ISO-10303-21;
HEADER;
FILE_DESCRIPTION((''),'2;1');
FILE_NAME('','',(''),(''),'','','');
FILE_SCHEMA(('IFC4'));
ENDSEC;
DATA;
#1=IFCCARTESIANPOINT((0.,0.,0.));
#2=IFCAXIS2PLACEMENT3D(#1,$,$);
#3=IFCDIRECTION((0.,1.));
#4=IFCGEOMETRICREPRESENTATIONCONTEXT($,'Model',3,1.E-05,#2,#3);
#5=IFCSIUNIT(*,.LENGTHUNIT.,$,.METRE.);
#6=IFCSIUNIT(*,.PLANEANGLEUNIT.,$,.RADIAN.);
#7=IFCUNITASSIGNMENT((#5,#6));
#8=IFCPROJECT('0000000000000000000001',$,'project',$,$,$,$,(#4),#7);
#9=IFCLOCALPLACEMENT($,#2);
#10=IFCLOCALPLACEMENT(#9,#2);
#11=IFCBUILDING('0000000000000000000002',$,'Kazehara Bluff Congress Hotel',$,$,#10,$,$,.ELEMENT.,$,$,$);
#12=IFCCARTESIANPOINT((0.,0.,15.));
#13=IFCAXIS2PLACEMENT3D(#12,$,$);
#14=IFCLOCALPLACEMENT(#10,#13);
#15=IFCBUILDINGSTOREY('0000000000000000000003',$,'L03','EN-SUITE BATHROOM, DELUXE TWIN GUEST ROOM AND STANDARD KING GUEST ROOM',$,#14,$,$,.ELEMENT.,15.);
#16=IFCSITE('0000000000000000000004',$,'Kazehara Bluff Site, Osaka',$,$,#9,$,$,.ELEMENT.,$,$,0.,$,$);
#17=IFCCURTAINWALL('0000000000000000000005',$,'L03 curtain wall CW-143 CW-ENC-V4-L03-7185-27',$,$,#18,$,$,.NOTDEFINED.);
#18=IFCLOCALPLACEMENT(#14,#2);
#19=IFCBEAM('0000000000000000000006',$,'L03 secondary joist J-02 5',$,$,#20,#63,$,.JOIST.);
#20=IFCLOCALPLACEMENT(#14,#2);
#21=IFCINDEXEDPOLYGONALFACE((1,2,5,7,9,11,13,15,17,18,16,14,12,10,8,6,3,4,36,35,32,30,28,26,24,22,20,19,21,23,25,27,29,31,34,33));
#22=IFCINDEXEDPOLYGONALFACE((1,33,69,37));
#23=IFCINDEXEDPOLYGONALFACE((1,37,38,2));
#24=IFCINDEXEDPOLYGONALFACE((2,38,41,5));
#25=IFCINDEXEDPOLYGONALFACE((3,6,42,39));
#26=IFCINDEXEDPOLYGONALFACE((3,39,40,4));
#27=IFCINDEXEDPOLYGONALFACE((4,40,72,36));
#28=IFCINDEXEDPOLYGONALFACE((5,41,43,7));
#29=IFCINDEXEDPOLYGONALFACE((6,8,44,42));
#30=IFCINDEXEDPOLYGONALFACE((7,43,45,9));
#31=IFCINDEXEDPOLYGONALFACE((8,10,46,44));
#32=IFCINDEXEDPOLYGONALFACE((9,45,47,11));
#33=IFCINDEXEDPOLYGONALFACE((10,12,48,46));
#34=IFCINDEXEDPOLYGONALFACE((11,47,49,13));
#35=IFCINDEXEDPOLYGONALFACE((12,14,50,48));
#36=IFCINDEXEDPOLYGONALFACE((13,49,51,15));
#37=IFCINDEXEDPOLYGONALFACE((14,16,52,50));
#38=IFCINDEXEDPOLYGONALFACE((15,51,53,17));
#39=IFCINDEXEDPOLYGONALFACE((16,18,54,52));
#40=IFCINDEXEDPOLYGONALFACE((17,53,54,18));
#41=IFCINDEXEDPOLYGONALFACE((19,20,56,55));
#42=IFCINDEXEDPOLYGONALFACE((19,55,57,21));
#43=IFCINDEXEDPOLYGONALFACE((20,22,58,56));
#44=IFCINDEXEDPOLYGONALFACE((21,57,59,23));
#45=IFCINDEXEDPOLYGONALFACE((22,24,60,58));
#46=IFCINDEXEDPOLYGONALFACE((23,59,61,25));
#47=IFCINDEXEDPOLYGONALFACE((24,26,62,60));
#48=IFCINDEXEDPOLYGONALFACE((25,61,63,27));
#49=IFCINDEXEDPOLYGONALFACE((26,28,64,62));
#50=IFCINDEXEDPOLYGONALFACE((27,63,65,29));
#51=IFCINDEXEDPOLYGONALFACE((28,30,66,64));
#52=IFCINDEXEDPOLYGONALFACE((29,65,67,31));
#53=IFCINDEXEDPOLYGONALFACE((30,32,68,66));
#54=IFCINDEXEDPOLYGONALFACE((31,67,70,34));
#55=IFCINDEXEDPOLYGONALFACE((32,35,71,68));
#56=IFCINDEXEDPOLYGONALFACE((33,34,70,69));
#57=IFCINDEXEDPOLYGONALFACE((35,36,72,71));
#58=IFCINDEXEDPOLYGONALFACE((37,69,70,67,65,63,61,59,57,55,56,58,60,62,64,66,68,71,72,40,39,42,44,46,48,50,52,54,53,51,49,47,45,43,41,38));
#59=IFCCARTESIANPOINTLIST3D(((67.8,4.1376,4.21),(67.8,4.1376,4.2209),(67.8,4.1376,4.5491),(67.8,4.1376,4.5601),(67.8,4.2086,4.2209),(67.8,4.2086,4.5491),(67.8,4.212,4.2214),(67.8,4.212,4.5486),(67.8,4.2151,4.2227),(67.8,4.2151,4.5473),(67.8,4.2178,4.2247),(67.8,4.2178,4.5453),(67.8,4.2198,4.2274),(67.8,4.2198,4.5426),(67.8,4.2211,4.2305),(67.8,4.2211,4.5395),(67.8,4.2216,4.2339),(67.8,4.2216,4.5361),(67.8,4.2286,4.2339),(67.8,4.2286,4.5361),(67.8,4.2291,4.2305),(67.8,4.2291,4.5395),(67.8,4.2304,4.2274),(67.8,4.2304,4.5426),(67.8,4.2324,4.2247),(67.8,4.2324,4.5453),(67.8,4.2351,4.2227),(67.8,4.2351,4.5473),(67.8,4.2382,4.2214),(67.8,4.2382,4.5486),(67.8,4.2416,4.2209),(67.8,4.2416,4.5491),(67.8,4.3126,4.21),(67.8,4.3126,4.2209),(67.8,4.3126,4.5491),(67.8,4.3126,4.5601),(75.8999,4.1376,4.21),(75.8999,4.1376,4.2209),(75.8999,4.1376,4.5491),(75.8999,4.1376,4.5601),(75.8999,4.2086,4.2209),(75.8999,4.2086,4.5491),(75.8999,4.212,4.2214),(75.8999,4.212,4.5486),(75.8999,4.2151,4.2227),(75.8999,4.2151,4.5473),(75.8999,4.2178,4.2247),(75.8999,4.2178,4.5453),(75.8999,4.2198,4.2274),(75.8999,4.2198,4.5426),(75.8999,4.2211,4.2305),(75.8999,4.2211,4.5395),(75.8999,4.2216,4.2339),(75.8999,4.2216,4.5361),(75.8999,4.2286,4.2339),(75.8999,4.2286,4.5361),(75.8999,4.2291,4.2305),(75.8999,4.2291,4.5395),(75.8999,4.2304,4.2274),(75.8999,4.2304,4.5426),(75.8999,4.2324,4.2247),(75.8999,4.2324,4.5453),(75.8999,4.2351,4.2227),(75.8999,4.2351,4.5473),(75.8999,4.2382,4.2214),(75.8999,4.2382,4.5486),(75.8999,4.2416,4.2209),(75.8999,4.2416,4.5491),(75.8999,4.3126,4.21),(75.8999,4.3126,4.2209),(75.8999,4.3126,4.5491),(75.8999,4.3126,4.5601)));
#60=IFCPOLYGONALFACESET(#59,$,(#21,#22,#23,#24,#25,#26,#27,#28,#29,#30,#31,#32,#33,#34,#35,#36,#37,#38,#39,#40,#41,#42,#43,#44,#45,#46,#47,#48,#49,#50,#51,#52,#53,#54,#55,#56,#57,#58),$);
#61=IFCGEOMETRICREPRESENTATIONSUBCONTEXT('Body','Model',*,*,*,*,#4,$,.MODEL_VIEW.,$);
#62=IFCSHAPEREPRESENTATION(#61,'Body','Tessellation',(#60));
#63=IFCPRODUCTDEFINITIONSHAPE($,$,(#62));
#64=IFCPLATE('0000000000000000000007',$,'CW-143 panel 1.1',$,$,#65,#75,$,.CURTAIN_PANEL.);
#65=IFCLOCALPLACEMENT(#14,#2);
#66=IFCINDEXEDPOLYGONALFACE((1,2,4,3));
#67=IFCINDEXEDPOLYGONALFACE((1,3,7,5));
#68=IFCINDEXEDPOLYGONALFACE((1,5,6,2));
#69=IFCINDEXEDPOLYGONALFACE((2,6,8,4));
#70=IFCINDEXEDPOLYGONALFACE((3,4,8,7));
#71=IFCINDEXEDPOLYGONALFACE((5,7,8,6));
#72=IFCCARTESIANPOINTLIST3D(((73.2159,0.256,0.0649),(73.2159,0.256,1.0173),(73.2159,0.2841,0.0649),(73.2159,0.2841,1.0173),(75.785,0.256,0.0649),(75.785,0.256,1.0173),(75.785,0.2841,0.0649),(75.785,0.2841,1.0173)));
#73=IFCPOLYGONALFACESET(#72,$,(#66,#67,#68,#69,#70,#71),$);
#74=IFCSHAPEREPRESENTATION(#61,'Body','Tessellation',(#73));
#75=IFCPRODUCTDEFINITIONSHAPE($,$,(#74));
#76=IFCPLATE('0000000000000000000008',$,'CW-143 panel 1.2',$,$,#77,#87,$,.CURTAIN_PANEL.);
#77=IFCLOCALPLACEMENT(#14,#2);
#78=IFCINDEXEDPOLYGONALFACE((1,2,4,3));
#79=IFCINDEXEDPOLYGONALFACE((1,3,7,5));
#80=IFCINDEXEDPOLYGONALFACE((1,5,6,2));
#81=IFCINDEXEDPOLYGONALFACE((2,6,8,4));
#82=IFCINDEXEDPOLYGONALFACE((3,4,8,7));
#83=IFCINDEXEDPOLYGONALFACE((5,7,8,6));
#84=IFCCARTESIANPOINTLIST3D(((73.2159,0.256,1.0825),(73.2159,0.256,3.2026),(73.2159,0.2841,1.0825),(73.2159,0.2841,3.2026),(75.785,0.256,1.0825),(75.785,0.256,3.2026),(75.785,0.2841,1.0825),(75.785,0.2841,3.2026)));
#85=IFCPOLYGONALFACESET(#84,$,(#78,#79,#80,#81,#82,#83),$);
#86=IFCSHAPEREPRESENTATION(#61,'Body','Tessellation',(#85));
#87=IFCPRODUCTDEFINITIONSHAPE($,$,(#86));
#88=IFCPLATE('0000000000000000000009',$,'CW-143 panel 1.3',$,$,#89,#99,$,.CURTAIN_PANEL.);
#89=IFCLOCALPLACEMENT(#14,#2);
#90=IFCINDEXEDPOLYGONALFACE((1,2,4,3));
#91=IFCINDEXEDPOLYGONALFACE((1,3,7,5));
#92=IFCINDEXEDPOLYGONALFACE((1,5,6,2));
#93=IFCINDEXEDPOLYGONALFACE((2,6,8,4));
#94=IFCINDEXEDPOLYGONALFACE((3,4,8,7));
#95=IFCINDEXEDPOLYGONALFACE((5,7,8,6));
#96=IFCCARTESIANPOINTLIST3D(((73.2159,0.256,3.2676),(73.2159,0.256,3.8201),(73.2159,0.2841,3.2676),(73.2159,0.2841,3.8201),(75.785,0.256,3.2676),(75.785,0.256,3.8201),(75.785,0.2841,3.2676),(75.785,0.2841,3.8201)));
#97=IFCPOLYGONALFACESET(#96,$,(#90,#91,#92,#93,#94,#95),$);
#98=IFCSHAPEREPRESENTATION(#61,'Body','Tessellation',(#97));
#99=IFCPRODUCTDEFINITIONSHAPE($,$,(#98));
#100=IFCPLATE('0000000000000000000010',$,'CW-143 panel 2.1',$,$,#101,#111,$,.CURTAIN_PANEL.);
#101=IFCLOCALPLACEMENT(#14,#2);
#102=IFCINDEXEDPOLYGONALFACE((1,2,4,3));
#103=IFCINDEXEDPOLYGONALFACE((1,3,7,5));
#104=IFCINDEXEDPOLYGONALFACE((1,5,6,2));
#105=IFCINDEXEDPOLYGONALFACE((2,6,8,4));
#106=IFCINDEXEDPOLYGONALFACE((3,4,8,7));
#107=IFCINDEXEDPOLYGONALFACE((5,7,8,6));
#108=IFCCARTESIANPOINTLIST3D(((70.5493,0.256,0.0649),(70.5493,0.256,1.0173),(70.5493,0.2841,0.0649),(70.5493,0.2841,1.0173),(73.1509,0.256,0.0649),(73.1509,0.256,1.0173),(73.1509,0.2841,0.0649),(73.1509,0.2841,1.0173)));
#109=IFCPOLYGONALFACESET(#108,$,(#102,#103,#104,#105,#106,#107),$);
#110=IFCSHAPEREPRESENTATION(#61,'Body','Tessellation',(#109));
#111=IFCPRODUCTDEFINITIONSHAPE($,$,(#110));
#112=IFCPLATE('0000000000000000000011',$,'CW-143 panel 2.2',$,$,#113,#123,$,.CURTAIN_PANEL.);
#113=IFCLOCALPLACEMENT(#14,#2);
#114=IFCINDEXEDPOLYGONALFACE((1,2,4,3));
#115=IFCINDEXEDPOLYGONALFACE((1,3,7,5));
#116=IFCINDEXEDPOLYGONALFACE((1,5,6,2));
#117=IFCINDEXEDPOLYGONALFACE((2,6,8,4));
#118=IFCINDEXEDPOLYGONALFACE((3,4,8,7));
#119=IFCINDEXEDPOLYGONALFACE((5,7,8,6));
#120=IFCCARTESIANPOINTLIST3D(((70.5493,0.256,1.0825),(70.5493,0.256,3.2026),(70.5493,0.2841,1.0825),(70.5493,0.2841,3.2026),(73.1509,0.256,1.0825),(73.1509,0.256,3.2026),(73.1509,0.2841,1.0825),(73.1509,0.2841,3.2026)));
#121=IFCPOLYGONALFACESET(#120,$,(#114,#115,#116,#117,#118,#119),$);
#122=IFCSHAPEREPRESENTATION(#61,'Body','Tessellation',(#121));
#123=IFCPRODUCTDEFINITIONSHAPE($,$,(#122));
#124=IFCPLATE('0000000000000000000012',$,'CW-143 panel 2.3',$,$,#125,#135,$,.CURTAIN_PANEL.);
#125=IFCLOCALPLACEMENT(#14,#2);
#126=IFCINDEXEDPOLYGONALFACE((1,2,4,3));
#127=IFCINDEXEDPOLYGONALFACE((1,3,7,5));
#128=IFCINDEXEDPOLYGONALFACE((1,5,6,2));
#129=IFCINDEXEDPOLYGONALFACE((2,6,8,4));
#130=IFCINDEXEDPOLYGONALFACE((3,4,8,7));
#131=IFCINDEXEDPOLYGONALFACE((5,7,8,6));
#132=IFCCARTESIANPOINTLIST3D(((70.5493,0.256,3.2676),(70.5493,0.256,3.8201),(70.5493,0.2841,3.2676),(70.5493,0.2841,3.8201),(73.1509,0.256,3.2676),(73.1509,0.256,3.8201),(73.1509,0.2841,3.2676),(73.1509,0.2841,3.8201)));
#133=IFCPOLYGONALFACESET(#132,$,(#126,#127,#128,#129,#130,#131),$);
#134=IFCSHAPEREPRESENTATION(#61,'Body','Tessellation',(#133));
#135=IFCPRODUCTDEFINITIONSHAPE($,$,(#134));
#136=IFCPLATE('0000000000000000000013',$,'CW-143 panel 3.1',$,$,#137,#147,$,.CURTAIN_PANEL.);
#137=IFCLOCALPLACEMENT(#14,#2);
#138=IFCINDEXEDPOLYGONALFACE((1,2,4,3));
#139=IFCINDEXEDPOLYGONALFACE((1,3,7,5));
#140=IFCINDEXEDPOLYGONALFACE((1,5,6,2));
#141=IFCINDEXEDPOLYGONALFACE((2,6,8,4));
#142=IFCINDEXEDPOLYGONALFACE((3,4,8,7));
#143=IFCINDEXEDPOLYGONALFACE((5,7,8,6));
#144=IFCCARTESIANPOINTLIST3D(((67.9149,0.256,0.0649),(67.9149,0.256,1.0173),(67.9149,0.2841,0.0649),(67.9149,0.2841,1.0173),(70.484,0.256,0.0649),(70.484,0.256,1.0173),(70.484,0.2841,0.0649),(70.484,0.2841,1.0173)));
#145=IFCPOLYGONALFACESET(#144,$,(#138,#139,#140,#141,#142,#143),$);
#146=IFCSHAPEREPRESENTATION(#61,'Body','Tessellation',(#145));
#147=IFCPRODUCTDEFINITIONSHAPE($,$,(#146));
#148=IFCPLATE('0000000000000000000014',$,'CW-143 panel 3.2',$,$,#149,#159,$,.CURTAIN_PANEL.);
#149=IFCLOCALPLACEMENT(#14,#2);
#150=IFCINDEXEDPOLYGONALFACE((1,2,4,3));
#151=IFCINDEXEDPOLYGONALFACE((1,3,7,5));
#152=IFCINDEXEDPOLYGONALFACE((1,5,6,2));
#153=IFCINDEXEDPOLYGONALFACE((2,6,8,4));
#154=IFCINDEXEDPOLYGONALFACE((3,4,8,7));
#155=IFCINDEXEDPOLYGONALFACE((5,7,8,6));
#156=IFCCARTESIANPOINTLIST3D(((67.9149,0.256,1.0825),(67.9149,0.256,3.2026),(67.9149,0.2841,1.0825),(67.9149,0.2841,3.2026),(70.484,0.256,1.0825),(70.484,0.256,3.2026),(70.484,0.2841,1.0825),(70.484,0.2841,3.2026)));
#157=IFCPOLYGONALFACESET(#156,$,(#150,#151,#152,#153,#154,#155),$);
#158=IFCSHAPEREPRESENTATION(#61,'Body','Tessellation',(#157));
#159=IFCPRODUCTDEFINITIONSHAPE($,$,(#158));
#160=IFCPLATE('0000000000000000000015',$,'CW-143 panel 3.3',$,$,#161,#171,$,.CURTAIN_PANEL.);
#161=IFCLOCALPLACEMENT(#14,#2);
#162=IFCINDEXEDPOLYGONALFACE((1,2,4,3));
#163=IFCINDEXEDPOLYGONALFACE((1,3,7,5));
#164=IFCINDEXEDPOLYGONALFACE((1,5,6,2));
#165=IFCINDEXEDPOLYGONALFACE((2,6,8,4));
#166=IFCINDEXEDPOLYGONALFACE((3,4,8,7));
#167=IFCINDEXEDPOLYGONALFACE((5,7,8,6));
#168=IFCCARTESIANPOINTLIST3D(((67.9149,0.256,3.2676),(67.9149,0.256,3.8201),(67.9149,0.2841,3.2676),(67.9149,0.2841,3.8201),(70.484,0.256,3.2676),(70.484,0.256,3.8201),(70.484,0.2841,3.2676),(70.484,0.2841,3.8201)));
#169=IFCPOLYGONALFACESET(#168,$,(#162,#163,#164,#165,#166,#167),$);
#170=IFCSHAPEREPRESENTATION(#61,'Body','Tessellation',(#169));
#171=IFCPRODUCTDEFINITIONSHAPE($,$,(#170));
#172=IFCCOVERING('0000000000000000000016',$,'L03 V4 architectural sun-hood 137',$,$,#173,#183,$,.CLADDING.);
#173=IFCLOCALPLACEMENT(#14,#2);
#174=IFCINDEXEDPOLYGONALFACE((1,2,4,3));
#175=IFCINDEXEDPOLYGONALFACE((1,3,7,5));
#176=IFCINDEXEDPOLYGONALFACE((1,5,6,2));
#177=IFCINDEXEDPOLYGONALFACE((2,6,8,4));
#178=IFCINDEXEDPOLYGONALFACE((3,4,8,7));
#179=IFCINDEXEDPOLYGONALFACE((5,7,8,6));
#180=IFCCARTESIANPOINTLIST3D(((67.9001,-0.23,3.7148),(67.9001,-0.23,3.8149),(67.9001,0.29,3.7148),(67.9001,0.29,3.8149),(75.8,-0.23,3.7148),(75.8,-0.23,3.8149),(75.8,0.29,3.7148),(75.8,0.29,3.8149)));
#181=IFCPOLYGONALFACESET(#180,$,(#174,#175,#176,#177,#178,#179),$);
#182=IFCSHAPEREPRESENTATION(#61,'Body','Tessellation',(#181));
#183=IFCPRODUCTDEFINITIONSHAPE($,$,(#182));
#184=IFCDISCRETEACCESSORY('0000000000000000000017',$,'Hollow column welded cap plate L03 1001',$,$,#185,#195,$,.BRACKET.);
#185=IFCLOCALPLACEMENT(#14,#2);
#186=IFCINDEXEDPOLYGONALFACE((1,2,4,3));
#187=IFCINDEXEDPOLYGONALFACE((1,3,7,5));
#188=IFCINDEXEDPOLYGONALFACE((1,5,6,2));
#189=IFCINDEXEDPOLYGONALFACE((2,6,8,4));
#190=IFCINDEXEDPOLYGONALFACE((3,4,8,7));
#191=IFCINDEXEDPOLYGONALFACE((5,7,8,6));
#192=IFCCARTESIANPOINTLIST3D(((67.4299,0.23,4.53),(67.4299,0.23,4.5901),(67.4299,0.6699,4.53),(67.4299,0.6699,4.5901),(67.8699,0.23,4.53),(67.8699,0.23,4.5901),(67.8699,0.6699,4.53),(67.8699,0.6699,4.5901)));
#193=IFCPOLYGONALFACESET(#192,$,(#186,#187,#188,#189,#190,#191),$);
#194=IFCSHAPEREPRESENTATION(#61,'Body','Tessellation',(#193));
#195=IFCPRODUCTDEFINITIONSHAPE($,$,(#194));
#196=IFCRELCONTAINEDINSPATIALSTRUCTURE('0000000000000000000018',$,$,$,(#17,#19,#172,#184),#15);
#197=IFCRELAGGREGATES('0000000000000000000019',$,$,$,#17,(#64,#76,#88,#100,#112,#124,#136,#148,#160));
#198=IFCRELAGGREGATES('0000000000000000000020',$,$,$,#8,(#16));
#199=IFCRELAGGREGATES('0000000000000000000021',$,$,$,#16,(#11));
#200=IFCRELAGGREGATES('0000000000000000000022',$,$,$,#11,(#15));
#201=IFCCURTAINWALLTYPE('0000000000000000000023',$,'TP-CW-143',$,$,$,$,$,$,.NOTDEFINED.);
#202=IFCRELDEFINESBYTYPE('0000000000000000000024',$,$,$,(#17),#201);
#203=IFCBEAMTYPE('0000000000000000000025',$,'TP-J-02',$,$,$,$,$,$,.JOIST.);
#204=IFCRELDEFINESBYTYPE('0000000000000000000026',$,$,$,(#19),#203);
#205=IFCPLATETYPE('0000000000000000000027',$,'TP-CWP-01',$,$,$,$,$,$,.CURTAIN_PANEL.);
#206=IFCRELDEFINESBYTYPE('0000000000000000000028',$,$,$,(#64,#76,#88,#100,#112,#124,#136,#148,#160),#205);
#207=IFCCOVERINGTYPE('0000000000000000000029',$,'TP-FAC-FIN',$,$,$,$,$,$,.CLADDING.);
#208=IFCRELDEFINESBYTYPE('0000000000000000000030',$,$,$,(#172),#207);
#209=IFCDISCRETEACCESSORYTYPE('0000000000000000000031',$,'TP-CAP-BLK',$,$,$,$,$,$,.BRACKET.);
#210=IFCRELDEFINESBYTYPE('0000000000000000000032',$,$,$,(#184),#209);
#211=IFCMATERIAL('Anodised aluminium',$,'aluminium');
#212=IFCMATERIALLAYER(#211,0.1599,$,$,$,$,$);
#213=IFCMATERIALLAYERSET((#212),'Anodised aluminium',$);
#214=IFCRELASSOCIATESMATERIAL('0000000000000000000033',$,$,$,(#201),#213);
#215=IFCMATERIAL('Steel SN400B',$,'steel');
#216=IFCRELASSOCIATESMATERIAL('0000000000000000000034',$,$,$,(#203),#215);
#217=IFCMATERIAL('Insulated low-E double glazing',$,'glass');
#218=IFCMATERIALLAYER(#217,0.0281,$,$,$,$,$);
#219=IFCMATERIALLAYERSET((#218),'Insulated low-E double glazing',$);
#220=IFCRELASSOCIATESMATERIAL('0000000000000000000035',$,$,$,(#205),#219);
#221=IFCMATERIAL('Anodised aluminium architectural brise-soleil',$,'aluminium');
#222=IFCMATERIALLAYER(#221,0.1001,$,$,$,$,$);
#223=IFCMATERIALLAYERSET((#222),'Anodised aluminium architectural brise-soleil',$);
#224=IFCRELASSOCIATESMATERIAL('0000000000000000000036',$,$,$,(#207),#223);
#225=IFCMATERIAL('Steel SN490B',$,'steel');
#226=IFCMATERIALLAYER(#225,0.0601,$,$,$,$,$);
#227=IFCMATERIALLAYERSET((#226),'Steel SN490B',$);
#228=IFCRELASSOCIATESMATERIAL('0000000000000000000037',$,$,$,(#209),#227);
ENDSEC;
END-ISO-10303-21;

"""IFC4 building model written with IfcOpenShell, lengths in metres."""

from ifc_helpers import new_model, si_unit, direction, frame, origin, origin_2d, place, context, subcontext, project, spatial, rectangle, i_section, extrude, material, layer, layer_set, material_profile, profile_set, type_object, element, aggregate, save


model = new_model("IFC4")

# Units and contexts
model_context = context("Model", 3, precision=1e-05, world=origin(), true_north=direction((0.0, 1.0)))
body_context = subcontext(model_context, "Body", "Model", "MODEL_VIEW")
ifc_project = project(units=[si_unit("LENGTHUNIT", "METRE"), si_unit("PLANEANGLEUNIT", "RADIAN")], contexts=[model_context])

# Site, building, storey
site_placement = place(None, origin())
site = spatial("IfcSite", under=ifc_project, at=site_placement, Name="Kazehara Bluff Site, Osaka", CompositionType="ELEMENT", RefElevation=0.0)
building_placement = place(site_placement, origin())
building = spatial("IfcBuilding", under=site, at=building_placement, Name="Kazehara Bluff Congress Hotel", CompositionType="ELEMENT")
storey_placement = place(building_placement, frame((0.0, 0.0, 15.0)))
storey = spatial("IfcBuildingStorey", under=building, at=storey_placement, Name="L03", Description="EN-SUITE BATHROOM, DELUXE TWIN GUEST ROOM AND STANDARD KING GUEST ROOM", CompositionType="ELEMENT", Elevation=15.0)

# Curtain wall
ifc_material_1 = material(Name="Anodised aluminium", Category="aluminium")
ifc_layer_1 = layer(ifc_material_1, 0.1599)
ifc_layer_set_1 = layer_set([ifc_layer_1], Name="Anodised aluminium")
curtain_wall_type_1 = type_object("IfcCurtainWallType", Name="TP-CW-143", PredefinedType="NOTDEFINED", material=ifc_layer_set_1)
curtain_wall_1_placement = place(storey_placement, origin())
curtain_wall_1 = element("IfcCurtainWall", 1, at=curtain_wall_1_placement, inside=storey, type_object=curtain_wall_type_1, Name="L03 curtain wall CW-143 CW-ENC-V4-L03-7185-27", PredefinedType="NOTDEFINED")

# Beam
ifc_material_2 = material(Name="Steel SN400B", Category="steel")
ifc_material_profile_1 = material_profile(ifc_material_2, i_section(OverallWidth=0.175, OverallDepth=0.3501, WebThickness=0.0071, FlangeThickness=0.011, FilletRadius=0.0129, at=origin_2d()))
ifc_profile_set_1 = profile_set([ifc_material_profile_1], Name="Steel SN400B")
beam_type_1 = type_object("IfcBeamType", Name="TP-J-02", PredefinedType="JOIST", material=ifc_profile_set_1)
beam_1_placement = place(storey_placement, frame((67.8, 4.2251, 4.385), z_axis=(1.0, 0.0, 0.0), x_axis=(0.0, 1.0, 0.0)))
element("IfcBeam", 2, at=beam_1_placement, inside=storey, type_object=beam_type_1, Name="L03 secondary joist J-02 5", PredefinedType="JOIST", context=body_context, shape_type="SweptSolid", body=[
    extrude(i_section(OverallWidth=0.175, OverallDepth=0.3501, WebThickness=0.0071, FlangeThickness=0.011, FilletRadius=0.0129, at=origin_2d()), origin(), (0.0, 0.0, 1.0), 8.0999),
])

# Plates
ifc_material_3 = material(Name="Insulated low-E double glazing", Category="glass")
ifc_layer_2 = layer(ifc_material_3, 0.0281)
ifc_layer_set_2 = layer_set([ifc_layer_2], Name="Insulated low-E double glazing")
plate_type = type_object("IfcPlateType", Name="TP-CWP-01", PredefinedType="CURTAIN_PANEL", material=ifc_layer_set_2)
plate_1_placement = place(storey_placement, frame((74.5005, 0.27, 0.0649), z_axis=(0.0, 0.0, 1.0), x_axis=(-1.0, 0.0, 0.0)))
plate_1 = element("IfcPlate", 3, at=plate_1_placement, type_object=plate_type, Name="CW-143 panel 1.1", PredefinedType="CURTAIN_PANEL", context=body_context, shape_type="SweptSolid", body=[
    extrude(rectangle(XDim=2.5691, YDim=0.0281, at=origin_2d()), origin(), (0.0, 0.0, 1.0), 0.9524),
])
plate_2_placement = place(storey_placement, frame((74.5005, 0.27, 1.0825), z_axis=(0.0, 0.0, 1.0), x_axis=(-1.0, 0.0, 0.0)))
plate_2 = element("IfcPlate", 4, at=plate_2_placement, type_object=plate_type, Name="CW-143 panel 1.2", PredefinedType="CURTAIN_PANEL", context=body_context, shape_type="SweptSolid", body=[
    extrude(rectangle(XDim=2.5691, YDim=0.0281, at=origin_2d()), origin(), (0.0, 0.0, 1.0), 2.1201),
])
plate_3_placement = place(storey_placement, frame((74.5005, 0.27, 3.2676), z_axis=(0.0, 0.0, 1.0), x_axis=(-1.0, 0.0, 0.0)))
plate_3 = element("IfcPlate", 5, at=plate_3_placement, type_object=plate_type, Name="CW-143 panel 1.3", PredefinedType="CURTAIN_PANEL", context=body_context, shape_type="SweptSolid", body=[
    extrude(rectangle(XDim=2.5691, YDim=0.0281, at=origin_2d()), origin(), (0.0, 0.0, 1.0), 0.5525),
])
plate_4_placement = place(storey_placement, frame((71.8501, 0.27, 0.0649), z_axis=(0.0, 0.0, 1.0), x_axis=(-1.0, 0.0, 0.0)))
plate_4 = element("IfcPlate", 6, at=plate_4_placement, type_object=plate_type, Name="CW-143 panel 2.1", PredefinedType="CURTAIN_PANEL", context=body_context, shape_type="SweptSolid", body=[
    extrude(rectangle(XDim=2.6016, YDim=0.0281, at=origin_2d()), origin(), (0.0, 0.0, 1.0), 0.9524),
])
plate_5_placement = place(storey_placement, frame((71.8501, 0.27, 1.0825), z_axis=(0.0, 0.0, 1.0), x_axis=(-1.0, 0.0, 0.0)))
plate_5 = element("IfcPlate", 7, at=plate_5_placement, type_object=plate_type, Name="CW-143 panel 2.2", PredefinedType="CURTAIN_PANEL", context=body_context, shape_type="SweptSolid", body=[
    extrude(rectangle(XDim=2.6016, YDim=0.0281, at=origin_2d()), origin(), (0.0, 0.0, 1.0), 2.1201),
])
plate_6_placement = place(storey_placement, frame((71.8501, 0.27, 3.2676), z_axis=(0.0, 0.0, 1.0), x_axis=(-1.0, 0.0, 0.0)))
plate_6 = element("IfcPlate", 8, at=plate_6_placement, type_object=plate_type, Name="CW-143 panel 2.3", PredefinedType="CURTAIN_PANEL", context=body_context, shape_type="SweptSolid", body=[
    extrude(rectangle(XDim=2.6016, YDim=0.0281, at=origin_2d()), origin(), (0.0, 0.0, 1.0), 0.5525),
])
plate_7_placement = place(storey_placement, frame((69.1995, 0.27, 0.0649), z_axis=(0.0, 0.0, 1.0), x_axis=(-1.0, 0.0, 0.0)))
plate_7 = element("IfcPlate", 9, at=plate_7_placement, type_object=plate_type, Name="CW-143 panel 3.1", PredefinedType="CURTAIN_PANEL", context=body_context, shape_type="SweptSolid", body=[
    extrude(rectangle(XDim=2.5691, YDim=0.0281, at=origin_2d()), origin(), (0.0, 0.0, 1.0), 0.9524),
])
plate_8_placement = place(storey_placement, frame((69.1995, 0.27, 1.0825), z_axis=(0.0, 0.0, 1.0), x_axis=(-1.0, 0.0, 0.0)))
plate_8 = element("IfcPlate", 10, at=plate_8_placement, type_object=plate_type, Name="CW-143 panel 3.2", PredefinedType="CURTAIN_PANEL", context=body_context, shape_type="SweptSolid", body=[
    extrude(rectangle(XDim=2.5691, YDim=0.0281, at=origin_2d()), origin(), (0.0, 0.0, 1.0), 2.1201),
])
plate_9_placement = place(storey_placement, frame((69.1995, 0.27, 3.2676), z_axis=(0.0, 0.0, 1.0), x_axis=(-1.0, 0.0, 0.0)))
plate_9 = element("IfcPlate", 11, at=plate_9_placement, type_object=plate_type, Name="CW-143 panel 3.3", PredefinedType="CURTAIN_PANEL", context=body_context, shape_type="SweptSolid", body=[
    extrude(rectangle(XDim=2.5691, YDim=0.0281, at=origin_2d()), origin(), (0.0, 0.0, 1.0), 0.5525),
])
aggregate(curtain_wall_1, [plate_1, plate_2, plate_3, plate_4, plate_5, plate_6, plate_7, plate_8, plate_9])

# Covering
ifc_material_4 = material(Name="Anodised aluminium architectural brise-soleil", Category="aluminium")
ifc_layer_3 = layer(ifc_material_4, 0.1001)
ifc_layer_set_3 = layer_set([ifc_layer_3], Name="Anodised aluminium architectural brise-soleil")
covering_type = type_object("IfcCoveringType", Name="TP-FAC-FIN", PredefinedType="CLADDING", material=ifc_layer_set_3)
covering_placement = place(storey_placement, frame((71.8501, 0.03, 3.7148), z_axis=(0.0, 0.0, 1.0), x_axis=(1.0, 0.0, 0.0)))
element("IfcCovering", 12, at=covering_placement, inside=storey, type_object=covering_type, Name="L03 V4 architectural sun-hood 137", PredefinedType="CLADDING", context=body_context, shape_type="SweptSolid", body=[
    extrude(rectangle(XDim=7.8999, YDim=0.52, at=origin_2d()), origin(), (0.0, 0.0, 1.0), 0.1001),
])

# Discrete accessory
ifc_material_5 = material(Name="Steel SN490B", Category="steel")
ifc_layer_4 = layer(ifc_material_5, 0.0601)
ifc_layer_set_4 = layer_set([ifc_layer_4], Name="Steel SN490B")
discrete_accessory_type = type_object("IfcDiscreteAccessoryType", Name="TP-CAP-BLK", PredefinedType="BRACKET", material=ifc_layer_set_4)
discrete_accessory_placement = place(storey_placement, frame((67.6499, 0.45, 4.53), z_axis=(0.0, 0.0, 1.0), x_axis=(1.0, 0.0, 0.0)))
element("IfcDiscreteAccessory", 13, at=discrete_accessory_placement, inside=storey, type_object=discrete_accessory_type, Name="Hollow column welded cap plate L03 1001", PredefinedType="BRACKET", context=body_context, shape_type="SweptSolid", body=[
    extrude(rectangle(XDim=0.4399, YDim=0.4399, at=origin_2d()), origin(), (0.0, 0.0, 1.0), 0.0601),
])

save(model, "model.ifc")
